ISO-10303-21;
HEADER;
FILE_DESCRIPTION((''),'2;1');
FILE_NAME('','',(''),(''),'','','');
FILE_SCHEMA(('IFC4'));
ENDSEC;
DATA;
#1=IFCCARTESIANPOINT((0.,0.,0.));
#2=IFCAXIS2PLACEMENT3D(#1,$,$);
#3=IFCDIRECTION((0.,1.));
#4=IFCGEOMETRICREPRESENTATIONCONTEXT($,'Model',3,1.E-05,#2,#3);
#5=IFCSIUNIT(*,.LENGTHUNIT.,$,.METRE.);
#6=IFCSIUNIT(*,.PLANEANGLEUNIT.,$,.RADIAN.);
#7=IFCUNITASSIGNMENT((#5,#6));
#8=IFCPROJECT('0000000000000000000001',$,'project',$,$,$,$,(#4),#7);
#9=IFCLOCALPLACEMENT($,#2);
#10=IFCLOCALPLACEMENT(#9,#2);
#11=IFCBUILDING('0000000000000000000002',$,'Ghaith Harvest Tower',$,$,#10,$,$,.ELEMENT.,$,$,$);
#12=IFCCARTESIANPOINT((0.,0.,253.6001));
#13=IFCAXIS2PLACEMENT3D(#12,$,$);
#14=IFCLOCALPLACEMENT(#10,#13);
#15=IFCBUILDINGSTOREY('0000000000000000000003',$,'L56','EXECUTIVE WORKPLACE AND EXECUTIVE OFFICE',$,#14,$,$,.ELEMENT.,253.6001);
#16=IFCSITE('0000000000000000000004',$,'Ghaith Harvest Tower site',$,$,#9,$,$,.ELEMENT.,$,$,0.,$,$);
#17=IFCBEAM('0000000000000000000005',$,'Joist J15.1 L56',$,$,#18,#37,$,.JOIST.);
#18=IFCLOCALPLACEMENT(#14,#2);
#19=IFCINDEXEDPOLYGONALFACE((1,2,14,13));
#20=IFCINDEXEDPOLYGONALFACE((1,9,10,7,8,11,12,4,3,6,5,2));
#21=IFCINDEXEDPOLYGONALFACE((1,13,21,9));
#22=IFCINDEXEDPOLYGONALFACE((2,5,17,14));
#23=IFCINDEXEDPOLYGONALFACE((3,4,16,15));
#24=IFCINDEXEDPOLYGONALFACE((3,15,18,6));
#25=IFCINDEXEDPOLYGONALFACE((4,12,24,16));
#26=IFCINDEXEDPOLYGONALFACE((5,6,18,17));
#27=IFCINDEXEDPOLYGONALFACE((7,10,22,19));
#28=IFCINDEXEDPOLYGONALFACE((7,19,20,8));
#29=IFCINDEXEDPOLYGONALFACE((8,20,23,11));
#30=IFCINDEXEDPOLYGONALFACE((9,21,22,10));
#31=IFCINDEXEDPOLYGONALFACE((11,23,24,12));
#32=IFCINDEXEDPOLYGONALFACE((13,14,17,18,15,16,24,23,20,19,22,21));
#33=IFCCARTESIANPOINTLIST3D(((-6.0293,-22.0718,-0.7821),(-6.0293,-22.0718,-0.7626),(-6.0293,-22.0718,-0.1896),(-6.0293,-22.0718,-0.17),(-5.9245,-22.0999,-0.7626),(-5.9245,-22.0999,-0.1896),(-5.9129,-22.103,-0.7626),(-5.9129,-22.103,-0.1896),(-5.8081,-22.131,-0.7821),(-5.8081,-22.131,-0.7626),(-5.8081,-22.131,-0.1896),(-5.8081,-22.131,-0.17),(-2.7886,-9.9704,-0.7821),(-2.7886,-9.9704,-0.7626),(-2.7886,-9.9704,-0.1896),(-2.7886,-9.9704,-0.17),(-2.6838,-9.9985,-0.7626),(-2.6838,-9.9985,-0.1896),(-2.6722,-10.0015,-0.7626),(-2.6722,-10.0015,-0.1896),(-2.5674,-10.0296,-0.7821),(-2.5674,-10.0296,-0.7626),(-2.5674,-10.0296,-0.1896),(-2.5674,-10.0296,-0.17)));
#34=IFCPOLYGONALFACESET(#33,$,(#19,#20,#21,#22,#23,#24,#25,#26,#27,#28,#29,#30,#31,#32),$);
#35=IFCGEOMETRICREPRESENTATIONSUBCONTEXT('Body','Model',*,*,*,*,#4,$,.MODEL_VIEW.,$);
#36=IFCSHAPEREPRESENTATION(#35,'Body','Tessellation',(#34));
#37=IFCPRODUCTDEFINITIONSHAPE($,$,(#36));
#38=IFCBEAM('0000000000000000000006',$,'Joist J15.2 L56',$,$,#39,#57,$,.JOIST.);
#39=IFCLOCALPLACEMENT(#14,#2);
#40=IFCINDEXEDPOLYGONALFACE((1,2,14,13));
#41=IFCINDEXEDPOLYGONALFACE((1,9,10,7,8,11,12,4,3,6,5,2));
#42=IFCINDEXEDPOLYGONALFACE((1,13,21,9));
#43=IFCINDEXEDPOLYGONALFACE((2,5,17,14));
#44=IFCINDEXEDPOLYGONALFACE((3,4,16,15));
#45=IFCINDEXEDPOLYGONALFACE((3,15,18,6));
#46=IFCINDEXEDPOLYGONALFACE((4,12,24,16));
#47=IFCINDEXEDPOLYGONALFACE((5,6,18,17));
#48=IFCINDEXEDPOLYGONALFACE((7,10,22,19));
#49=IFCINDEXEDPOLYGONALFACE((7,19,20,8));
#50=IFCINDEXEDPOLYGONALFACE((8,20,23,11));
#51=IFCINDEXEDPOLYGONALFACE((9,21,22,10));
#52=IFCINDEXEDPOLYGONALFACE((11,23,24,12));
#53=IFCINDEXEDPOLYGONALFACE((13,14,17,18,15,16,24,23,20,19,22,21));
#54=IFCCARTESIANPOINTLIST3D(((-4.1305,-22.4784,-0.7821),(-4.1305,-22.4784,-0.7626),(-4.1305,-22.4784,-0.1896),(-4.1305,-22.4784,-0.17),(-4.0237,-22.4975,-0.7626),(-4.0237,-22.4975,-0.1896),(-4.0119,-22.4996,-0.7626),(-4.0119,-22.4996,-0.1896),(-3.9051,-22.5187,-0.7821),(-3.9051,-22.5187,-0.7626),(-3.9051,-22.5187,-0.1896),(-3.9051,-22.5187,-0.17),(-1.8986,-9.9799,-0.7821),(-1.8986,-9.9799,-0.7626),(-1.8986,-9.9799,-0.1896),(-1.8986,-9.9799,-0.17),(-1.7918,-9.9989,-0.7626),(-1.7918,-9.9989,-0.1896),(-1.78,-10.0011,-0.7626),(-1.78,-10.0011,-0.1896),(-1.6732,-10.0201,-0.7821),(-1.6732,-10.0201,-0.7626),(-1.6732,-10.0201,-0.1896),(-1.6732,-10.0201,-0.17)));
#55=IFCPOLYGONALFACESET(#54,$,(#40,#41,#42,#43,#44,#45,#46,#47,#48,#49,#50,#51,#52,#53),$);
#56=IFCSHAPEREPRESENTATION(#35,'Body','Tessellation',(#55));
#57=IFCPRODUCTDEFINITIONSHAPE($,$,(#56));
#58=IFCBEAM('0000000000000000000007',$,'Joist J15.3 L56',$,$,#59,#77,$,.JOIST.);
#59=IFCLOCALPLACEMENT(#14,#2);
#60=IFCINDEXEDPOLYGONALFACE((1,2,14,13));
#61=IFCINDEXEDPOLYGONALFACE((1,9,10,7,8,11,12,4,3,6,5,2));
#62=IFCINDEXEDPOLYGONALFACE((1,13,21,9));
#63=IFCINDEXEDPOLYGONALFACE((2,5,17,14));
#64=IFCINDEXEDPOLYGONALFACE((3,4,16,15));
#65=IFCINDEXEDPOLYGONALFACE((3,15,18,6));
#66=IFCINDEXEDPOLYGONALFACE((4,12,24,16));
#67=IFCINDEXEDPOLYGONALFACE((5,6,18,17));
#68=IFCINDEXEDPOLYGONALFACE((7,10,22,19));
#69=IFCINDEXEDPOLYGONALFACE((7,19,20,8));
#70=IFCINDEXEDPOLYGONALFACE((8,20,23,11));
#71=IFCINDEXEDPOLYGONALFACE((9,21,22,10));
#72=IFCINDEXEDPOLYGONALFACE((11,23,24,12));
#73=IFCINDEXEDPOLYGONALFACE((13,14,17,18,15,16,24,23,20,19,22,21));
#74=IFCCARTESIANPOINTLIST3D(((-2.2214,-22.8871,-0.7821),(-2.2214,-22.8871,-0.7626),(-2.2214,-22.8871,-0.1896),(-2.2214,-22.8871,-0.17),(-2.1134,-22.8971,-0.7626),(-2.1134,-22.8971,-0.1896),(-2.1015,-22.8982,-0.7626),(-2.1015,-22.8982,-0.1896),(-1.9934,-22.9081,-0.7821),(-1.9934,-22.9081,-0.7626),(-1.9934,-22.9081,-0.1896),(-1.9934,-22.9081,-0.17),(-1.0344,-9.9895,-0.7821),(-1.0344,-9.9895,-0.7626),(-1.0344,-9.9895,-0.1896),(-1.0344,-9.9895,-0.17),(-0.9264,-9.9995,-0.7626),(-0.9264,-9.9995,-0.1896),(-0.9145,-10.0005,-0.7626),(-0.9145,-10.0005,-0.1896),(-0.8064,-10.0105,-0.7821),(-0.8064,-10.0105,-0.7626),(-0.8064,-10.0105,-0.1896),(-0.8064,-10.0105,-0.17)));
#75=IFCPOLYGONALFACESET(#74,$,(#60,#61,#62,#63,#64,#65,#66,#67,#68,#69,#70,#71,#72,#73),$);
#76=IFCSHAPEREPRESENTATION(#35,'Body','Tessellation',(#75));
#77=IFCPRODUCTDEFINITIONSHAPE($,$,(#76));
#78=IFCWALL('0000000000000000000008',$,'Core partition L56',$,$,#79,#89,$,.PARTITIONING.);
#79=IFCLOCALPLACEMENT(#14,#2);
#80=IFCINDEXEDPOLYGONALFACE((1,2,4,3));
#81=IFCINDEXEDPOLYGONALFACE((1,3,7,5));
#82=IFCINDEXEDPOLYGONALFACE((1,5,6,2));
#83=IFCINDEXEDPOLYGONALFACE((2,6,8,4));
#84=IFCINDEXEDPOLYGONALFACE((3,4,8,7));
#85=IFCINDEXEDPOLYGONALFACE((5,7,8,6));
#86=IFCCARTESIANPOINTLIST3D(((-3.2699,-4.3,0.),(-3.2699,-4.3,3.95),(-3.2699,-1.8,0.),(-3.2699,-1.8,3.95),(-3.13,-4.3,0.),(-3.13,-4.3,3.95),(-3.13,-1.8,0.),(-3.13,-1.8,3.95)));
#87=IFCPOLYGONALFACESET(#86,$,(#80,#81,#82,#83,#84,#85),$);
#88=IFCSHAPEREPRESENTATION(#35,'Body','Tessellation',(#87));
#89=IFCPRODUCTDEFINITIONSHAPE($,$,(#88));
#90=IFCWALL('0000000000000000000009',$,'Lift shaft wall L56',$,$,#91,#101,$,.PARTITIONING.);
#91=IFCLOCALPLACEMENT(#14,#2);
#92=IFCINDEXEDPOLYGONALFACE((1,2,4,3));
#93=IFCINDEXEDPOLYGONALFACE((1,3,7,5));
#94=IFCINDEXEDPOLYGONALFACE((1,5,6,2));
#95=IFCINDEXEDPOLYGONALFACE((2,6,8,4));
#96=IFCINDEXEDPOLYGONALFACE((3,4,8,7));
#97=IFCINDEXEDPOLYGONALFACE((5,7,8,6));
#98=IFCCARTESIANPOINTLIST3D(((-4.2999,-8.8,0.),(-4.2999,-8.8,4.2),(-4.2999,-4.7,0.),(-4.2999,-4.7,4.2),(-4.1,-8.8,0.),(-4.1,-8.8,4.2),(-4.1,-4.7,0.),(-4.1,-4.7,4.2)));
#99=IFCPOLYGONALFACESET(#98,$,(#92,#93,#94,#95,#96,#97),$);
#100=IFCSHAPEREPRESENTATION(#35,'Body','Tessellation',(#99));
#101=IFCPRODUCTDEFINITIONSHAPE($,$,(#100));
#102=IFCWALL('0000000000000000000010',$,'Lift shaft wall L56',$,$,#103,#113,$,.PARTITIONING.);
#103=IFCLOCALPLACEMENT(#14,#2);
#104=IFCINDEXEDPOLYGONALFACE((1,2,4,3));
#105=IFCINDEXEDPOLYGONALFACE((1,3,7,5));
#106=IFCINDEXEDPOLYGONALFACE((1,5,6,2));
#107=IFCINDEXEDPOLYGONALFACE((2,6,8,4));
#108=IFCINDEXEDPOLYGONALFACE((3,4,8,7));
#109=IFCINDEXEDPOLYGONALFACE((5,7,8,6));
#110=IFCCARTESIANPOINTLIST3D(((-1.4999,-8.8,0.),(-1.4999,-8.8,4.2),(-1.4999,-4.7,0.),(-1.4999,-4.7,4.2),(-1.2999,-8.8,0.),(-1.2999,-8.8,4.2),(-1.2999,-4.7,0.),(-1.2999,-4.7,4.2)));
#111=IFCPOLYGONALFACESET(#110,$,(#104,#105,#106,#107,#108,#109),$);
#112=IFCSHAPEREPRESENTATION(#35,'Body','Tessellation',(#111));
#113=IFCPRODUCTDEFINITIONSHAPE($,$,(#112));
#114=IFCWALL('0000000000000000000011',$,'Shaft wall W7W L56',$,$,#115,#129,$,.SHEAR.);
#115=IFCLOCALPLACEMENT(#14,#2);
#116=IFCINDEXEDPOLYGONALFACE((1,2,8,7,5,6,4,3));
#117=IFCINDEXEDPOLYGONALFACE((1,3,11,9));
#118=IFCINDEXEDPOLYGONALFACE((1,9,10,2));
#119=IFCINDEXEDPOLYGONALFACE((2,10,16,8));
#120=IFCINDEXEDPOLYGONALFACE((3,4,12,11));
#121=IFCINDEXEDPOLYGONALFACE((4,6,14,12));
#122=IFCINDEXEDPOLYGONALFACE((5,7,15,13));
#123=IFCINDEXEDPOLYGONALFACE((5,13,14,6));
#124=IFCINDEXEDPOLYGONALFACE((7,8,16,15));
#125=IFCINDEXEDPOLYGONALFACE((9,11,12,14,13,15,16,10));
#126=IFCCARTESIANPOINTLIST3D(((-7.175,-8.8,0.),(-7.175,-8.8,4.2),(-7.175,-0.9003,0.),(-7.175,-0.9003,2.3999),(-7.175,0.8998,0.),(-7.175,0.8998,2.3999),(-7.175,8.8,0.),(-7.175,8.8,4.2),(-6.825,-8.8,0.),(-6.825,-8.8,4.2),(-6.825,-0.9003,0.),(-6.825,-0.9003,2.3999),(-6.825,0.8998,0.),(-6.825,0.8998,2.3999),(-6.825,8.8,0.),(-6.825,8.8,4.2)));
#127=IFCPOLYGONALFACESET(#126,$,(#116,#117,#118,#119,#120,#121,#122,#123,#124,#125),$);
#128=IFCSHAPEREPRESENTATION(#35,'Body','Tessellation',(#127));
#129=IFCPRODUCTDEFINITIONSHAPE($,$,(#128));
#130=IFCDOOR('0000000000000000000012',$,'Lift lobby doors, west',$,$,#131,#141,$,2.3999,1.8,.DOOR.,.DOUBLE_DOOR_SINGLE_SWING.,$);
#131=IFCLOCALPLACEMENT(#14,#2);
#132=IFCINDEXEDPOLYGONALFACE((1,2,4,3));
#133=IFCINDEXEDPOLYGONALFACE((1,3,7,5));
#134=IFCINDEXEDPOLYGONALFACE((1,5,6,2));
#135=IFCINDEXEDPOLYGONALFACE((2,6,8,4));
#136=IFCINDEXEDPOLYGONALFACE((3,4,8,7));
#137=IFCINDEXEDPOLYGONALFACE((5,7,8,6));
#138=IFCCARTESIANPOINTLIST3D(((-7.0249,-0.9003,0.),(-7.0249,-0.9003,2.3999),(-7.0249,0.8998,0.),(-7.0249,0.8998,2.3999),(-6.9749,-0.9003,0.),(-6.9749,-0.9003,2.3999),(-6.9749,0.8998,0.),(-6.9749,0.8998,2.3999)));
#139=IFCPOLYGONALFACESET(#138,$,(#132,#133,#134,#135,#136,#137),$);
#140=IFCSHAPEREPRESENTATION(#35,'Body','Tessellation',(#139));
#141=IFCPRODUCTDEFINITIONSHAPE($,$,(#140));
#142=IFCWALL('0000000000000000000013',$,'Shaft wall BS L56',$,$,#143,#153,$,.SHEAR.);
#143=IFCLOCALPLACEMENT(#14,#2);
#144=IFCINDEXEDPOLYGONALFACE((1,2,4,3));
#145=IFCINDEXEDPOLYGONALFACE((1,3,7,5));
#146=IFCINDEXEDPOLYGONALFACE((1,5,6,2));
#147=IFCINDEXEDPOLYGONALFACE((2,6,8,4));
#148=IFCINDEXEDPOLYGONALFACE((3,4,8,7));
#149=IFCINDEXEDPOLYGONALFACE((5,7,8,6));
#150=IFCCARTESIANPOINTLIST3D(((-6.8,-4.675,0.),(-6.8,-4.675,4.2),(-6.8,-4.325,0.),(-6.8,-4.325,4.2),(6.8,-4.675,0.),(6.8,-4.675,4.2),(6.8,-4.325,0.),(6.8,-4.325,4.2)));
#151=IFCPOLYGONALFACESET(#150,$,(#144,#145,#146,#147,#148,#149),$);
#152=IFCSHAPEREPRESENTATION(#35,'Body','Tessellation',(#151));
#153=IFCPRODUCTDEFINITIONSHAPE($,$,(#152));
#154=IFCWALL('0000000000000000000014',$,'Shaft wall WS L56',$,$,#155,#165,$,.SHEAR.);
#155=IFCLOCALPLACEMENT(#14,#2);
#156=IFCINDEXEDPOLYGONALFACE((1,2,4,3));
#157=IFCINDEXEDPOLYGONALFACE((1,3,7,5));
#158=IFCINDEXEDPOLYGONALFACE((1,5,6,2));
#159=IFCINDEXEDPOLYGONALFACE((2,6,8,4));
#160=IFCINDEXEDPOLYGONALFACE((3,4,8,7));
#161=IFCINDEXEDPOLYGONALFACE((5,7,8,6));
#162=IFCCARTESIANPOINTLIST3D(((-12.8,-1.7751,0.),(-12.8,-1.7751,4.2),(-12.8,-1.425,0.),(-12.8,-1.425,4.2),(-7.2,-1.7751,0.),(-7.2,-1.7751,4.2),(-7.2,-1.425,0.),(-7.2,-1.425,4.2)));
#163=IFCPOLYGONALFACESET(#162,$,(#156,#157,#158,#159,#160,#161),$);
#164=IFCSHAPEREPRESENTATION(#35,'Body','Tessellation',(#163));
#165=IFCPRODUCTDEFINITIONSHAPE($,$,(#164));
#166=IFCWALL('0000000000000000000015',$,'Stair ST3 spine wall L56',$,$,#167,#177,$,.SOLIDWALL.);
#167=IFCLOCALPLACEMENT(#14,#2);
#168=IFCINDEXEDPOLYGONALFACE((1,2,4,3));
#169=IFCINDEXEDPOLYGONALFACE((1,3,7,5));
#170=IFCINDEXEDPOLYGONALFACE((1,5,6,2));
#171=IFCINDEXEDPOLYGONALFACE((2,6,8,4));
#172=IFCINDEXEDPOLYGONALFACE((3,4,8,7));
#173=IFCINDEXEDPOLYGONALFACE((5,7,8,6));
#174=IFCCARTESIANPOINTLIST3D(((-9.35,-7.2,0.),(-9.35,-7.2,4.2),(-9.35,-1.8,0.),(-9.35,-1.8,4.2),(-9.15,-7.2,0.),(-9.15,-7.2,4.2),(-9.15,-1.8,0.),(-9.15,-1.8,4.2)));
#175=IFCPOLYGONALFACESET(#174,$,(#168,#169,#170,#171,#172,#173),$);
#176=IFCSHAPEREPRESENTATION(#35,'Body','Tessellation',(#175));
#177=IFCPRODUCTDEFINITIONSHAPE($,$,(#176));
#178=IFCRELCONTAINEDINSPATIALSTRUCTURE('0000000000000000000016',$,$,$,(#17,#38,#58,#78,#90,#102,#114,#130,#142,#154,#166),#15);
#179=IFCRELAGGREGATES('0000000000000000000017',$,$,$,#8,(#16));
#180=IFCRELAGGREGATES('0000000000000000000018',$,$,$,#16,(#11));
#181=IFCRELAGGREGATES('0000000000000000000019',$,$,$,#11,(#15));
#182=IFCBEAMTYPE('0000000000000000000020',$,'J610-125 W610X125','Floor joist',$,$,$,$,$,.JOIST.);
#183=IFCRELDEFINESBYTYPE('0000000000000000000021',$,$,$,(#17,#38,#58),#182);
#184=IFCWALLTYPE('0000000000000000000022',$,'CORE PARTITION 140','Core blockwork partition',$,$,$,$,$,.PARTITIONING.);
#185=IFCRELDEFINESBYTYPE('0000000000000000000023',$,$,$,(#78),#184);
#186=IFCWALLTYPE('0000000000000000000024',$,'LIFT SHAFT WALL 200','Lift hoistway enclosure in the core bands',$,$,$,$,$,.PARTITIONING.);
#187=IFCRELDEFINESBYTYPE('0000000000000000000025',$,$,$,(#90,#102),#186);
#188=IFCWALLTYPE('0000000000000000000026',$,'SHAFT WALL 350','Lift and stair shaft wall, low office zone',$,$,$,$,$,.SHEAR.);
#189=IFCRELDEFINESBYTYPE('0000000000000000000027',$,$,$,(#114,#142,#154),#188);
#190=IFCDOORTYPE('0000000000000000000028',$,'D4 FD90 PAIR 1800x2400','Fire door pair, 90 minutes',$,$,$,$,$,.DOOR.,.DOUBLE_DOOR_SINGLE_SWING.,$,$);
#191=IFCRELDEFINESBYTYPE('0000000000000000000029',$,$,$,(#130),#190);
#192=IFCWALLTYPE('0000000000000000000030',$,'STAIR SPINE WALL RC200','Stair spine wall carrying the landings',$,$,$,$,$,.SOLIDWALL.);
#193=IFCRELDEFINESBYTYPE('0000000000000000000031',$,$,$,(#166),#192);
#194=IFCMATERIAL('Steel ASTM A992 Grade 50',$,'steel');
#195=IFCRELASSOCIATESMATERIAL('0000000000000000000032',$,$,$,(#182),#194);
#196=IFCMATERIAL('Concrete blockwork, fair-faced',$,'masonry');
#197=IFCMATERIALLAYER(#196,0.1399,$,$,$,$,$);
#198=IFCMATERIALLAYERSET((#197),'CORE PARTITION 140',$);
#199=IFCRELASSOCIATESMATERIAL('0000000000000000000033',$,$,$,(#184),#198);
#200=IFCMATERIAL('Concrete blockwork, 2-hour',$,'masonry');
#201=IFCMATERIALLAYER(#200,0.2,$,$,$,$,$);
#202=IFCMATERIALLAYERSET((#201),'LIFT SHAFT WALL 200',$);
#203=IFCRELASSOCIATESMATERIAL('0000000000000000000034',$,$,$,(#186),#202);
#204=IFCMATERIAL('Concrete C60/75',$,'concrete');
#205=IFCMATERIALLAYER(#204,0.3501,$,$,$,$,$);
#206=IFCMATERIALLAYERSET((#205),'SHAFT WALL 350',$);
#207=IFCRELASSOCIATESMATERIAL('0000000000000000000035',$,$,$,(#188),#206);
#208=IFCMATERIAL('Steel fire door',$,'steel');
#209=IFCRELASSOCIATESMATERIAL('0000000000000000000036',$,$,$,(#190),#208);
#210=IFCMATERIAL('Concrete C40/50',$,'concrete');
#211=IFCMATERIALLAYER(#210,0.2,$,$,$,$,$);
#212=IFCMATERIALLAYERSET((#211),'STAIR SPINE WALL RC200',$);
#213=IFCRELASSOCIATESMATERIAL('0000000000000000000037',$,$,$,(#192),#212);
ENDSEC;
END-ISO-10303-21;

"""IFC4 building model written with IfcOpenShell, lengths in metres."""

from ifc_helpers import new_model, si_unit, direction, frame, frame_2d, origin, origin_2d, place, context, subcontext, project, spatial, rectangle, i_section, extrude, material, layer, layer_set, material_profile, profile_set, type_object, element, fill, save


model = new_model("IFC4")

# Units and contexts
model_context = context("Model", 3, precision=1e-05, world=origin(), true_north=direction((0.0, 1.0)))
body_context = subcontext(model_context, "Body", "Model", "MODEL_VIEW")
ifc_project = project(units=[si_unit("LENGTHUNIT", "METRE"), si_unit("PLANEANGLEUNIT", "RADIAN")], contexts=[model_context])

# Site, building, storey
site_placement = place(None, origin())
site = spatial("IfcSite", under=ifc_project, at=site_placement, Name="Ghaith Harvest Tower site", CompositionType="ELEMENT", RefElevation=0.0)
building_placement = place(site_placement, origin())
building = spatial("IfcBuilding", under=site, at=building_placement, Name="Ghaith Harvest Tower", CompositionType="ELEMENT")
storey_placement = place(building_placement, frame((0.0, 0.0, 253.6001)))
storey = spatial("IfcBuildingStorey", under=building, at=storey_placement, Name="L56", Description="EXECUTIVE WORKPLACE AND EXECUTIVE OFFICE", CompositionType="ELEMENT", Elevation=253.6001)

# Beams
ifc_material_1 = material(Name="Steel ASTM A992 Grade 50", Category="steel")
ifc_material_profile_1 = material_profile(ifc_material_1, i_section(OverallWidth=0.229, OverallDepth=0.6121, WebThickness=0.012, FlangeThickness=0.0195, at=origin_2d()), Name="W610X125")
ifc_profile_set_1 = profile_set([ifc_material_profile_1], Name="Steel ASTM A992 Grade 50")
beam_type_1 = type_object("IfcBeamType", Name="J610-125 W610X125", Description="Floor joist", PredefinedType="JOIST", material=ifc_profile_set_1)
beam_1_placement = place(storey_placement, frame((-2.678, -10.0, -0.4761), z_axis=(-0.258684, -0.965962, 0.0), x_axis=(0.965962, -0.258684, 0.0)))
element("IfcBeam", 1, at=beam_1_placement, inside=storey, type_object=beam_type_1, Name="Joist J15.1 L56", PredefinedType="JOIST", context=body_context, shape_type="SweptSolid", body=[
    extrude(i_section(OverallWidth=0.229, OverallDepth=0.6121, WebThickness=0.012, FlangeThickness=0.0195, at=origin_2d()), origin(), (0.0, 0.0, 1.0), 12.5278),
])
beam_2_placement = place(storey_placement, frame((-1.7859, -10.0, -0.4761), z_axis=(-0.175795, -0.984427, 0.0), x_axis=(0.984427, -0.175795, 0.0)))
element("IfcBeam", 2, at=beam_2_placement, inside=storey, type_object=beam_type_1, Name="Joist J15.2 L56", PredefinedType="JOIST", context=body_context, shape_type="SweptSolid", body=[
    extrude(i_section(OverallWidth=0.229, OverallDepth=0.6121, WebThickness=0.012, FlangeThickness=0.0195, at=origin_2d()), origin(), (0.0, 0.0, 1.0), 12.6963),
])
beam_3_placement = place(storey_placement, frame((-0.9204, -10.0, -0.4761), z_axis=(-0.091645, -0.995792, 0.0), x_axis=(0.995792, -0.091645, 0.0)))
element("IfcBeam", 3, at=beam_3_placement, inside=storey, type_object=beam_type_1, Name="Joist J15.3 L56", PredefinedType="JOIST", context=body_context, shape_type="SweptSolid", body=[
    extrude(i_section(OverallWidth=0.229, OverallDepth=0.6121, WebThickness=0.012, FlangeThickness=0.0195, at=origin_2d()), origin(), (0.0, 0.0, 1.0), 12.9521),
])

# Walls
ifc_material_2 = material(Name="Concrete blockwork, fair-faced", Category="masonry")
ifc_layer_1 = layer(ifc_material_2, 0.1399)
ifc_layer_set_1 = layer_set([ifc_layer_1], Name="CORE PARTITION 140")
wall_type_1 = type_object("IfcWallType", Name="CORE PARTITION 140", Description="Core blockwork partition", PredefinedType="PARTITIONING", material=ifc_layer_set_1)
wall_1_placement = place(storey_placement, frame((-3.2, -1.8, 0.0), z_axis=(0.0, 0.0, 1.0), x_axis=(0.0, -1.0, 0.0)))
element("IfcWall", 4, at=wall_1_placement, inside=storey, type_object=wall_type_1, Name="Core partition L56", PredefinedType="PARTITIONING", context=body_context, shape_type="SweptSolid", body=[
    extrude(rectangle(XDim=2.5, YDim=0.1399, at=frame_2d((1.25, 0.0))), origin(), (0.0, 0.0, 1.0), 3.95),
])
ifc_material_3 = material(Name="Concrete blockwork, 2-hour", Category="masonry")
ifc_layer_2 = layer(ifc_material_3, 0.2)
ifc_layer_set_2 = layer_set([ifc_layer_2], Name="LIFT SHAFT WALL 200")
wall_type_2 = type_object("IfcWallType", Name="LIFT SHAFT WALL 200", Description="Lift hoistway enclosure in the core bands", PredefinedType="PARTITIONING", material=ifc_layer_set_2)
for number, where, z_axis, x_axis, name in (
    (5, (-4.2, -4.7, 0.0), (0.0, 0.0, 1.0), (0.0, -1.0, 0.0), "Lift shaft wall L56"),
    (6, (-1.3999, -4.7, 0.0), (0.0, 0.0, 1.0), (0.0, -1.0, 0.0), "Lift shaft wall L56"),
):
    element("IfcWall", number, at=place(storey_placement, frame(where, z_axis=z_axis, x_axis=x_axis)), inside=storey, type_object=wall_type_2, Name=name, PredefinedType="PARTITIONING", context=body_context, shape_type="SweptSolid", body=[
        extrude(rectangle(XDim=4.1001, YDim=0.2, at=frame_2d((2.05, 0.0))), origin(), (0.0, 0.0, 1.0), 4.2),
    ])

# Wall, opening, door
ifc_material_4 = material(Name="Concrete C60/75", Category="concrete")
ifc_layer_3 = layer(ifc_material_4, 0.3501)
ifc_layer_set_3 = layer_set([ifc_layer_3], Name="SHAFT WALL 350")
wall_type_3 = type_object("IfcWallType", Name="SHAFT WALL 350", Description="Lift and stair shaft wall, low office zone", PredefinedType="SHEAR", material=ifc_layer_set_3)
wall_2_placement = place(storey_placement, frame((-7.0, -8.8, 0.0), z_axis=(0.0, 0.0, 1.0), x_axis=(0.0, 1.0, 0.0)))
wall_2 = element("IfcWall", 7, at=wall_2_placement, inside=storey, type_object=wall_type_3, Name="Shaft wall W7W L56", PredefinedType="SHEAR", context=body_context, shape_type="SweptSolid", body=[
    extrude(rectangle(XDim=17.6001, YDim=0.3501, at=frame_2d((8.8, 0.0))), origin(), (0.0, 0.0, 1.0), 4.2),
])
opening_1_placement = place(wall_2_placement, frame((7.8999, 0.0, 0.0)))
opening_1 = element("IfcOpeningElement", 8, at=opening_1_placement, cuts=wall_2, PredefinedType="OPENING", context=body_context, shape_type="SweptSolid", body=[
    extrude(rectangle(XDim=1.8, YDim=2.3999, at=frame_2d((0.8999, 1.2))), frame((0.0, 0.1851, 0.0), z_axis=(0.0, -1.0, 0.0), x_axis=(1.0, 0.0, 0.0)), (0.0, 0.0, 1.0), 0.3701),
])
ifc_material_5 = material(Name="Steel fire door", Category="steel")
door_type_1 = type_object("IfcDoorType", Name="D4 FD90 PAIR 1800x2400", Description="Fire door pair, 90 minutes", OperationType="DOUBLE_DOOR_SINGLE_SWING", PredefinedType="DOOR", material=ifc_material_5)
door_1_placement = place(opening_1_placement, origin())
door_1 = element("IfcDoor", 9, at=door_1_placement, inside=storey, type_object=door_type_1, Name="Lift lobby doors, west", OperationType="DOUBLE_DOOR_SINGLE_SWING", OverallHeight=2.3999, OverallWidth=1.8, PredefinedType="DOOR", context=body_context, shape_type="SweptSolid", body=[
    extrude(rectangle(XDim=1.8, YDim=2.3999, at=frame_2d((0.8999, 1.2))), frame((0.0, 0.0249, 0.0), z_axis=(0.0, -1.0, 0.0), x_axis=(1.0, 0.0, 0.0)), (0.0, 0.0, 1.0), 0.05),
])
fill(opening_1, door_1)

# Walls
wall_3_placement = place(storey_placement, frame((-6.8, -4.5, 0.0), z_axis=(0.0, 0.0, 1.0), x_axis=(1.0, 0.0, 0.0)))
element("IfcWall", 10, at=wall_3_placement, inside=storey, type_object=wall_type_3, Name="Shaft wall BS L56", PredefinedType="SHEAR", context=body_context, shape_type="SweptSolid", body=[
    extrude(rectangle(XDim=13.6001, YDim=0.3501, at=frame_2d((6.8, 0.0))), origin(), (0.0, 0.0, 1.0), 4.2),
])
wall_4_placement = place(storey_placement, frame((-12.8, -1.6001, 0.0), z_axis=(0.0, 0.0, 1.0), x_axis=(1.0, 0.0, 0.0)))
element("IfcWall", 11, at=wall_4_placement, inside=storey, type_object=wall_type_3, Name="Shaft wall WS L56", PredefinedType="SHEAR", context=body_context, shape_type="SweptSolid", body=[
    extrude(rectangle(XDim=5.6001, YDim=0.3501, at=frame_2d((2.8, 0.0))), origin(), (0.0, 0.0, 1.0), 4.2),
])
ifc_material_6 = material(Name="Concrete C40/50", Category="concrete")
ifc_layer_4 = layer(ifc_material_6, 0.2)
ifc_layer_set_4 = layer_set([ifc_layer_4], Name="STAIR SPINE WALL RC200")
wall_type_4 = type_object("IfcWallType", Name="STAIR SPINE WALL RC200", Description="Stair spine wall carrying the landings", PredefinedType="SOLIDWALL", material=ifc_layer_set_4)
wall_5_placement = place(storey_placement, frame((-9.25, -7.2, 0.0), z_axis=(0.0, 0.0, 1.0), x_axis=(0.0, 1.0, 0.0)))
element("IfcWall", 12, at=wall_5_placement, inside=storey, type_object=wall_type_4, Name="Stair ST3 spine wall L56", PredefinedType="SOLIDWALL", context=body_context, shape_type="SweptSolid", body=[
    extrude(rectangle(XDim=5.3999, YDim=0.2, at=frame_2d((2.7, 0.0))), origin(), (0.0, 0.0, 1.0), 4.2),
])

save(model, "model.ifc")
